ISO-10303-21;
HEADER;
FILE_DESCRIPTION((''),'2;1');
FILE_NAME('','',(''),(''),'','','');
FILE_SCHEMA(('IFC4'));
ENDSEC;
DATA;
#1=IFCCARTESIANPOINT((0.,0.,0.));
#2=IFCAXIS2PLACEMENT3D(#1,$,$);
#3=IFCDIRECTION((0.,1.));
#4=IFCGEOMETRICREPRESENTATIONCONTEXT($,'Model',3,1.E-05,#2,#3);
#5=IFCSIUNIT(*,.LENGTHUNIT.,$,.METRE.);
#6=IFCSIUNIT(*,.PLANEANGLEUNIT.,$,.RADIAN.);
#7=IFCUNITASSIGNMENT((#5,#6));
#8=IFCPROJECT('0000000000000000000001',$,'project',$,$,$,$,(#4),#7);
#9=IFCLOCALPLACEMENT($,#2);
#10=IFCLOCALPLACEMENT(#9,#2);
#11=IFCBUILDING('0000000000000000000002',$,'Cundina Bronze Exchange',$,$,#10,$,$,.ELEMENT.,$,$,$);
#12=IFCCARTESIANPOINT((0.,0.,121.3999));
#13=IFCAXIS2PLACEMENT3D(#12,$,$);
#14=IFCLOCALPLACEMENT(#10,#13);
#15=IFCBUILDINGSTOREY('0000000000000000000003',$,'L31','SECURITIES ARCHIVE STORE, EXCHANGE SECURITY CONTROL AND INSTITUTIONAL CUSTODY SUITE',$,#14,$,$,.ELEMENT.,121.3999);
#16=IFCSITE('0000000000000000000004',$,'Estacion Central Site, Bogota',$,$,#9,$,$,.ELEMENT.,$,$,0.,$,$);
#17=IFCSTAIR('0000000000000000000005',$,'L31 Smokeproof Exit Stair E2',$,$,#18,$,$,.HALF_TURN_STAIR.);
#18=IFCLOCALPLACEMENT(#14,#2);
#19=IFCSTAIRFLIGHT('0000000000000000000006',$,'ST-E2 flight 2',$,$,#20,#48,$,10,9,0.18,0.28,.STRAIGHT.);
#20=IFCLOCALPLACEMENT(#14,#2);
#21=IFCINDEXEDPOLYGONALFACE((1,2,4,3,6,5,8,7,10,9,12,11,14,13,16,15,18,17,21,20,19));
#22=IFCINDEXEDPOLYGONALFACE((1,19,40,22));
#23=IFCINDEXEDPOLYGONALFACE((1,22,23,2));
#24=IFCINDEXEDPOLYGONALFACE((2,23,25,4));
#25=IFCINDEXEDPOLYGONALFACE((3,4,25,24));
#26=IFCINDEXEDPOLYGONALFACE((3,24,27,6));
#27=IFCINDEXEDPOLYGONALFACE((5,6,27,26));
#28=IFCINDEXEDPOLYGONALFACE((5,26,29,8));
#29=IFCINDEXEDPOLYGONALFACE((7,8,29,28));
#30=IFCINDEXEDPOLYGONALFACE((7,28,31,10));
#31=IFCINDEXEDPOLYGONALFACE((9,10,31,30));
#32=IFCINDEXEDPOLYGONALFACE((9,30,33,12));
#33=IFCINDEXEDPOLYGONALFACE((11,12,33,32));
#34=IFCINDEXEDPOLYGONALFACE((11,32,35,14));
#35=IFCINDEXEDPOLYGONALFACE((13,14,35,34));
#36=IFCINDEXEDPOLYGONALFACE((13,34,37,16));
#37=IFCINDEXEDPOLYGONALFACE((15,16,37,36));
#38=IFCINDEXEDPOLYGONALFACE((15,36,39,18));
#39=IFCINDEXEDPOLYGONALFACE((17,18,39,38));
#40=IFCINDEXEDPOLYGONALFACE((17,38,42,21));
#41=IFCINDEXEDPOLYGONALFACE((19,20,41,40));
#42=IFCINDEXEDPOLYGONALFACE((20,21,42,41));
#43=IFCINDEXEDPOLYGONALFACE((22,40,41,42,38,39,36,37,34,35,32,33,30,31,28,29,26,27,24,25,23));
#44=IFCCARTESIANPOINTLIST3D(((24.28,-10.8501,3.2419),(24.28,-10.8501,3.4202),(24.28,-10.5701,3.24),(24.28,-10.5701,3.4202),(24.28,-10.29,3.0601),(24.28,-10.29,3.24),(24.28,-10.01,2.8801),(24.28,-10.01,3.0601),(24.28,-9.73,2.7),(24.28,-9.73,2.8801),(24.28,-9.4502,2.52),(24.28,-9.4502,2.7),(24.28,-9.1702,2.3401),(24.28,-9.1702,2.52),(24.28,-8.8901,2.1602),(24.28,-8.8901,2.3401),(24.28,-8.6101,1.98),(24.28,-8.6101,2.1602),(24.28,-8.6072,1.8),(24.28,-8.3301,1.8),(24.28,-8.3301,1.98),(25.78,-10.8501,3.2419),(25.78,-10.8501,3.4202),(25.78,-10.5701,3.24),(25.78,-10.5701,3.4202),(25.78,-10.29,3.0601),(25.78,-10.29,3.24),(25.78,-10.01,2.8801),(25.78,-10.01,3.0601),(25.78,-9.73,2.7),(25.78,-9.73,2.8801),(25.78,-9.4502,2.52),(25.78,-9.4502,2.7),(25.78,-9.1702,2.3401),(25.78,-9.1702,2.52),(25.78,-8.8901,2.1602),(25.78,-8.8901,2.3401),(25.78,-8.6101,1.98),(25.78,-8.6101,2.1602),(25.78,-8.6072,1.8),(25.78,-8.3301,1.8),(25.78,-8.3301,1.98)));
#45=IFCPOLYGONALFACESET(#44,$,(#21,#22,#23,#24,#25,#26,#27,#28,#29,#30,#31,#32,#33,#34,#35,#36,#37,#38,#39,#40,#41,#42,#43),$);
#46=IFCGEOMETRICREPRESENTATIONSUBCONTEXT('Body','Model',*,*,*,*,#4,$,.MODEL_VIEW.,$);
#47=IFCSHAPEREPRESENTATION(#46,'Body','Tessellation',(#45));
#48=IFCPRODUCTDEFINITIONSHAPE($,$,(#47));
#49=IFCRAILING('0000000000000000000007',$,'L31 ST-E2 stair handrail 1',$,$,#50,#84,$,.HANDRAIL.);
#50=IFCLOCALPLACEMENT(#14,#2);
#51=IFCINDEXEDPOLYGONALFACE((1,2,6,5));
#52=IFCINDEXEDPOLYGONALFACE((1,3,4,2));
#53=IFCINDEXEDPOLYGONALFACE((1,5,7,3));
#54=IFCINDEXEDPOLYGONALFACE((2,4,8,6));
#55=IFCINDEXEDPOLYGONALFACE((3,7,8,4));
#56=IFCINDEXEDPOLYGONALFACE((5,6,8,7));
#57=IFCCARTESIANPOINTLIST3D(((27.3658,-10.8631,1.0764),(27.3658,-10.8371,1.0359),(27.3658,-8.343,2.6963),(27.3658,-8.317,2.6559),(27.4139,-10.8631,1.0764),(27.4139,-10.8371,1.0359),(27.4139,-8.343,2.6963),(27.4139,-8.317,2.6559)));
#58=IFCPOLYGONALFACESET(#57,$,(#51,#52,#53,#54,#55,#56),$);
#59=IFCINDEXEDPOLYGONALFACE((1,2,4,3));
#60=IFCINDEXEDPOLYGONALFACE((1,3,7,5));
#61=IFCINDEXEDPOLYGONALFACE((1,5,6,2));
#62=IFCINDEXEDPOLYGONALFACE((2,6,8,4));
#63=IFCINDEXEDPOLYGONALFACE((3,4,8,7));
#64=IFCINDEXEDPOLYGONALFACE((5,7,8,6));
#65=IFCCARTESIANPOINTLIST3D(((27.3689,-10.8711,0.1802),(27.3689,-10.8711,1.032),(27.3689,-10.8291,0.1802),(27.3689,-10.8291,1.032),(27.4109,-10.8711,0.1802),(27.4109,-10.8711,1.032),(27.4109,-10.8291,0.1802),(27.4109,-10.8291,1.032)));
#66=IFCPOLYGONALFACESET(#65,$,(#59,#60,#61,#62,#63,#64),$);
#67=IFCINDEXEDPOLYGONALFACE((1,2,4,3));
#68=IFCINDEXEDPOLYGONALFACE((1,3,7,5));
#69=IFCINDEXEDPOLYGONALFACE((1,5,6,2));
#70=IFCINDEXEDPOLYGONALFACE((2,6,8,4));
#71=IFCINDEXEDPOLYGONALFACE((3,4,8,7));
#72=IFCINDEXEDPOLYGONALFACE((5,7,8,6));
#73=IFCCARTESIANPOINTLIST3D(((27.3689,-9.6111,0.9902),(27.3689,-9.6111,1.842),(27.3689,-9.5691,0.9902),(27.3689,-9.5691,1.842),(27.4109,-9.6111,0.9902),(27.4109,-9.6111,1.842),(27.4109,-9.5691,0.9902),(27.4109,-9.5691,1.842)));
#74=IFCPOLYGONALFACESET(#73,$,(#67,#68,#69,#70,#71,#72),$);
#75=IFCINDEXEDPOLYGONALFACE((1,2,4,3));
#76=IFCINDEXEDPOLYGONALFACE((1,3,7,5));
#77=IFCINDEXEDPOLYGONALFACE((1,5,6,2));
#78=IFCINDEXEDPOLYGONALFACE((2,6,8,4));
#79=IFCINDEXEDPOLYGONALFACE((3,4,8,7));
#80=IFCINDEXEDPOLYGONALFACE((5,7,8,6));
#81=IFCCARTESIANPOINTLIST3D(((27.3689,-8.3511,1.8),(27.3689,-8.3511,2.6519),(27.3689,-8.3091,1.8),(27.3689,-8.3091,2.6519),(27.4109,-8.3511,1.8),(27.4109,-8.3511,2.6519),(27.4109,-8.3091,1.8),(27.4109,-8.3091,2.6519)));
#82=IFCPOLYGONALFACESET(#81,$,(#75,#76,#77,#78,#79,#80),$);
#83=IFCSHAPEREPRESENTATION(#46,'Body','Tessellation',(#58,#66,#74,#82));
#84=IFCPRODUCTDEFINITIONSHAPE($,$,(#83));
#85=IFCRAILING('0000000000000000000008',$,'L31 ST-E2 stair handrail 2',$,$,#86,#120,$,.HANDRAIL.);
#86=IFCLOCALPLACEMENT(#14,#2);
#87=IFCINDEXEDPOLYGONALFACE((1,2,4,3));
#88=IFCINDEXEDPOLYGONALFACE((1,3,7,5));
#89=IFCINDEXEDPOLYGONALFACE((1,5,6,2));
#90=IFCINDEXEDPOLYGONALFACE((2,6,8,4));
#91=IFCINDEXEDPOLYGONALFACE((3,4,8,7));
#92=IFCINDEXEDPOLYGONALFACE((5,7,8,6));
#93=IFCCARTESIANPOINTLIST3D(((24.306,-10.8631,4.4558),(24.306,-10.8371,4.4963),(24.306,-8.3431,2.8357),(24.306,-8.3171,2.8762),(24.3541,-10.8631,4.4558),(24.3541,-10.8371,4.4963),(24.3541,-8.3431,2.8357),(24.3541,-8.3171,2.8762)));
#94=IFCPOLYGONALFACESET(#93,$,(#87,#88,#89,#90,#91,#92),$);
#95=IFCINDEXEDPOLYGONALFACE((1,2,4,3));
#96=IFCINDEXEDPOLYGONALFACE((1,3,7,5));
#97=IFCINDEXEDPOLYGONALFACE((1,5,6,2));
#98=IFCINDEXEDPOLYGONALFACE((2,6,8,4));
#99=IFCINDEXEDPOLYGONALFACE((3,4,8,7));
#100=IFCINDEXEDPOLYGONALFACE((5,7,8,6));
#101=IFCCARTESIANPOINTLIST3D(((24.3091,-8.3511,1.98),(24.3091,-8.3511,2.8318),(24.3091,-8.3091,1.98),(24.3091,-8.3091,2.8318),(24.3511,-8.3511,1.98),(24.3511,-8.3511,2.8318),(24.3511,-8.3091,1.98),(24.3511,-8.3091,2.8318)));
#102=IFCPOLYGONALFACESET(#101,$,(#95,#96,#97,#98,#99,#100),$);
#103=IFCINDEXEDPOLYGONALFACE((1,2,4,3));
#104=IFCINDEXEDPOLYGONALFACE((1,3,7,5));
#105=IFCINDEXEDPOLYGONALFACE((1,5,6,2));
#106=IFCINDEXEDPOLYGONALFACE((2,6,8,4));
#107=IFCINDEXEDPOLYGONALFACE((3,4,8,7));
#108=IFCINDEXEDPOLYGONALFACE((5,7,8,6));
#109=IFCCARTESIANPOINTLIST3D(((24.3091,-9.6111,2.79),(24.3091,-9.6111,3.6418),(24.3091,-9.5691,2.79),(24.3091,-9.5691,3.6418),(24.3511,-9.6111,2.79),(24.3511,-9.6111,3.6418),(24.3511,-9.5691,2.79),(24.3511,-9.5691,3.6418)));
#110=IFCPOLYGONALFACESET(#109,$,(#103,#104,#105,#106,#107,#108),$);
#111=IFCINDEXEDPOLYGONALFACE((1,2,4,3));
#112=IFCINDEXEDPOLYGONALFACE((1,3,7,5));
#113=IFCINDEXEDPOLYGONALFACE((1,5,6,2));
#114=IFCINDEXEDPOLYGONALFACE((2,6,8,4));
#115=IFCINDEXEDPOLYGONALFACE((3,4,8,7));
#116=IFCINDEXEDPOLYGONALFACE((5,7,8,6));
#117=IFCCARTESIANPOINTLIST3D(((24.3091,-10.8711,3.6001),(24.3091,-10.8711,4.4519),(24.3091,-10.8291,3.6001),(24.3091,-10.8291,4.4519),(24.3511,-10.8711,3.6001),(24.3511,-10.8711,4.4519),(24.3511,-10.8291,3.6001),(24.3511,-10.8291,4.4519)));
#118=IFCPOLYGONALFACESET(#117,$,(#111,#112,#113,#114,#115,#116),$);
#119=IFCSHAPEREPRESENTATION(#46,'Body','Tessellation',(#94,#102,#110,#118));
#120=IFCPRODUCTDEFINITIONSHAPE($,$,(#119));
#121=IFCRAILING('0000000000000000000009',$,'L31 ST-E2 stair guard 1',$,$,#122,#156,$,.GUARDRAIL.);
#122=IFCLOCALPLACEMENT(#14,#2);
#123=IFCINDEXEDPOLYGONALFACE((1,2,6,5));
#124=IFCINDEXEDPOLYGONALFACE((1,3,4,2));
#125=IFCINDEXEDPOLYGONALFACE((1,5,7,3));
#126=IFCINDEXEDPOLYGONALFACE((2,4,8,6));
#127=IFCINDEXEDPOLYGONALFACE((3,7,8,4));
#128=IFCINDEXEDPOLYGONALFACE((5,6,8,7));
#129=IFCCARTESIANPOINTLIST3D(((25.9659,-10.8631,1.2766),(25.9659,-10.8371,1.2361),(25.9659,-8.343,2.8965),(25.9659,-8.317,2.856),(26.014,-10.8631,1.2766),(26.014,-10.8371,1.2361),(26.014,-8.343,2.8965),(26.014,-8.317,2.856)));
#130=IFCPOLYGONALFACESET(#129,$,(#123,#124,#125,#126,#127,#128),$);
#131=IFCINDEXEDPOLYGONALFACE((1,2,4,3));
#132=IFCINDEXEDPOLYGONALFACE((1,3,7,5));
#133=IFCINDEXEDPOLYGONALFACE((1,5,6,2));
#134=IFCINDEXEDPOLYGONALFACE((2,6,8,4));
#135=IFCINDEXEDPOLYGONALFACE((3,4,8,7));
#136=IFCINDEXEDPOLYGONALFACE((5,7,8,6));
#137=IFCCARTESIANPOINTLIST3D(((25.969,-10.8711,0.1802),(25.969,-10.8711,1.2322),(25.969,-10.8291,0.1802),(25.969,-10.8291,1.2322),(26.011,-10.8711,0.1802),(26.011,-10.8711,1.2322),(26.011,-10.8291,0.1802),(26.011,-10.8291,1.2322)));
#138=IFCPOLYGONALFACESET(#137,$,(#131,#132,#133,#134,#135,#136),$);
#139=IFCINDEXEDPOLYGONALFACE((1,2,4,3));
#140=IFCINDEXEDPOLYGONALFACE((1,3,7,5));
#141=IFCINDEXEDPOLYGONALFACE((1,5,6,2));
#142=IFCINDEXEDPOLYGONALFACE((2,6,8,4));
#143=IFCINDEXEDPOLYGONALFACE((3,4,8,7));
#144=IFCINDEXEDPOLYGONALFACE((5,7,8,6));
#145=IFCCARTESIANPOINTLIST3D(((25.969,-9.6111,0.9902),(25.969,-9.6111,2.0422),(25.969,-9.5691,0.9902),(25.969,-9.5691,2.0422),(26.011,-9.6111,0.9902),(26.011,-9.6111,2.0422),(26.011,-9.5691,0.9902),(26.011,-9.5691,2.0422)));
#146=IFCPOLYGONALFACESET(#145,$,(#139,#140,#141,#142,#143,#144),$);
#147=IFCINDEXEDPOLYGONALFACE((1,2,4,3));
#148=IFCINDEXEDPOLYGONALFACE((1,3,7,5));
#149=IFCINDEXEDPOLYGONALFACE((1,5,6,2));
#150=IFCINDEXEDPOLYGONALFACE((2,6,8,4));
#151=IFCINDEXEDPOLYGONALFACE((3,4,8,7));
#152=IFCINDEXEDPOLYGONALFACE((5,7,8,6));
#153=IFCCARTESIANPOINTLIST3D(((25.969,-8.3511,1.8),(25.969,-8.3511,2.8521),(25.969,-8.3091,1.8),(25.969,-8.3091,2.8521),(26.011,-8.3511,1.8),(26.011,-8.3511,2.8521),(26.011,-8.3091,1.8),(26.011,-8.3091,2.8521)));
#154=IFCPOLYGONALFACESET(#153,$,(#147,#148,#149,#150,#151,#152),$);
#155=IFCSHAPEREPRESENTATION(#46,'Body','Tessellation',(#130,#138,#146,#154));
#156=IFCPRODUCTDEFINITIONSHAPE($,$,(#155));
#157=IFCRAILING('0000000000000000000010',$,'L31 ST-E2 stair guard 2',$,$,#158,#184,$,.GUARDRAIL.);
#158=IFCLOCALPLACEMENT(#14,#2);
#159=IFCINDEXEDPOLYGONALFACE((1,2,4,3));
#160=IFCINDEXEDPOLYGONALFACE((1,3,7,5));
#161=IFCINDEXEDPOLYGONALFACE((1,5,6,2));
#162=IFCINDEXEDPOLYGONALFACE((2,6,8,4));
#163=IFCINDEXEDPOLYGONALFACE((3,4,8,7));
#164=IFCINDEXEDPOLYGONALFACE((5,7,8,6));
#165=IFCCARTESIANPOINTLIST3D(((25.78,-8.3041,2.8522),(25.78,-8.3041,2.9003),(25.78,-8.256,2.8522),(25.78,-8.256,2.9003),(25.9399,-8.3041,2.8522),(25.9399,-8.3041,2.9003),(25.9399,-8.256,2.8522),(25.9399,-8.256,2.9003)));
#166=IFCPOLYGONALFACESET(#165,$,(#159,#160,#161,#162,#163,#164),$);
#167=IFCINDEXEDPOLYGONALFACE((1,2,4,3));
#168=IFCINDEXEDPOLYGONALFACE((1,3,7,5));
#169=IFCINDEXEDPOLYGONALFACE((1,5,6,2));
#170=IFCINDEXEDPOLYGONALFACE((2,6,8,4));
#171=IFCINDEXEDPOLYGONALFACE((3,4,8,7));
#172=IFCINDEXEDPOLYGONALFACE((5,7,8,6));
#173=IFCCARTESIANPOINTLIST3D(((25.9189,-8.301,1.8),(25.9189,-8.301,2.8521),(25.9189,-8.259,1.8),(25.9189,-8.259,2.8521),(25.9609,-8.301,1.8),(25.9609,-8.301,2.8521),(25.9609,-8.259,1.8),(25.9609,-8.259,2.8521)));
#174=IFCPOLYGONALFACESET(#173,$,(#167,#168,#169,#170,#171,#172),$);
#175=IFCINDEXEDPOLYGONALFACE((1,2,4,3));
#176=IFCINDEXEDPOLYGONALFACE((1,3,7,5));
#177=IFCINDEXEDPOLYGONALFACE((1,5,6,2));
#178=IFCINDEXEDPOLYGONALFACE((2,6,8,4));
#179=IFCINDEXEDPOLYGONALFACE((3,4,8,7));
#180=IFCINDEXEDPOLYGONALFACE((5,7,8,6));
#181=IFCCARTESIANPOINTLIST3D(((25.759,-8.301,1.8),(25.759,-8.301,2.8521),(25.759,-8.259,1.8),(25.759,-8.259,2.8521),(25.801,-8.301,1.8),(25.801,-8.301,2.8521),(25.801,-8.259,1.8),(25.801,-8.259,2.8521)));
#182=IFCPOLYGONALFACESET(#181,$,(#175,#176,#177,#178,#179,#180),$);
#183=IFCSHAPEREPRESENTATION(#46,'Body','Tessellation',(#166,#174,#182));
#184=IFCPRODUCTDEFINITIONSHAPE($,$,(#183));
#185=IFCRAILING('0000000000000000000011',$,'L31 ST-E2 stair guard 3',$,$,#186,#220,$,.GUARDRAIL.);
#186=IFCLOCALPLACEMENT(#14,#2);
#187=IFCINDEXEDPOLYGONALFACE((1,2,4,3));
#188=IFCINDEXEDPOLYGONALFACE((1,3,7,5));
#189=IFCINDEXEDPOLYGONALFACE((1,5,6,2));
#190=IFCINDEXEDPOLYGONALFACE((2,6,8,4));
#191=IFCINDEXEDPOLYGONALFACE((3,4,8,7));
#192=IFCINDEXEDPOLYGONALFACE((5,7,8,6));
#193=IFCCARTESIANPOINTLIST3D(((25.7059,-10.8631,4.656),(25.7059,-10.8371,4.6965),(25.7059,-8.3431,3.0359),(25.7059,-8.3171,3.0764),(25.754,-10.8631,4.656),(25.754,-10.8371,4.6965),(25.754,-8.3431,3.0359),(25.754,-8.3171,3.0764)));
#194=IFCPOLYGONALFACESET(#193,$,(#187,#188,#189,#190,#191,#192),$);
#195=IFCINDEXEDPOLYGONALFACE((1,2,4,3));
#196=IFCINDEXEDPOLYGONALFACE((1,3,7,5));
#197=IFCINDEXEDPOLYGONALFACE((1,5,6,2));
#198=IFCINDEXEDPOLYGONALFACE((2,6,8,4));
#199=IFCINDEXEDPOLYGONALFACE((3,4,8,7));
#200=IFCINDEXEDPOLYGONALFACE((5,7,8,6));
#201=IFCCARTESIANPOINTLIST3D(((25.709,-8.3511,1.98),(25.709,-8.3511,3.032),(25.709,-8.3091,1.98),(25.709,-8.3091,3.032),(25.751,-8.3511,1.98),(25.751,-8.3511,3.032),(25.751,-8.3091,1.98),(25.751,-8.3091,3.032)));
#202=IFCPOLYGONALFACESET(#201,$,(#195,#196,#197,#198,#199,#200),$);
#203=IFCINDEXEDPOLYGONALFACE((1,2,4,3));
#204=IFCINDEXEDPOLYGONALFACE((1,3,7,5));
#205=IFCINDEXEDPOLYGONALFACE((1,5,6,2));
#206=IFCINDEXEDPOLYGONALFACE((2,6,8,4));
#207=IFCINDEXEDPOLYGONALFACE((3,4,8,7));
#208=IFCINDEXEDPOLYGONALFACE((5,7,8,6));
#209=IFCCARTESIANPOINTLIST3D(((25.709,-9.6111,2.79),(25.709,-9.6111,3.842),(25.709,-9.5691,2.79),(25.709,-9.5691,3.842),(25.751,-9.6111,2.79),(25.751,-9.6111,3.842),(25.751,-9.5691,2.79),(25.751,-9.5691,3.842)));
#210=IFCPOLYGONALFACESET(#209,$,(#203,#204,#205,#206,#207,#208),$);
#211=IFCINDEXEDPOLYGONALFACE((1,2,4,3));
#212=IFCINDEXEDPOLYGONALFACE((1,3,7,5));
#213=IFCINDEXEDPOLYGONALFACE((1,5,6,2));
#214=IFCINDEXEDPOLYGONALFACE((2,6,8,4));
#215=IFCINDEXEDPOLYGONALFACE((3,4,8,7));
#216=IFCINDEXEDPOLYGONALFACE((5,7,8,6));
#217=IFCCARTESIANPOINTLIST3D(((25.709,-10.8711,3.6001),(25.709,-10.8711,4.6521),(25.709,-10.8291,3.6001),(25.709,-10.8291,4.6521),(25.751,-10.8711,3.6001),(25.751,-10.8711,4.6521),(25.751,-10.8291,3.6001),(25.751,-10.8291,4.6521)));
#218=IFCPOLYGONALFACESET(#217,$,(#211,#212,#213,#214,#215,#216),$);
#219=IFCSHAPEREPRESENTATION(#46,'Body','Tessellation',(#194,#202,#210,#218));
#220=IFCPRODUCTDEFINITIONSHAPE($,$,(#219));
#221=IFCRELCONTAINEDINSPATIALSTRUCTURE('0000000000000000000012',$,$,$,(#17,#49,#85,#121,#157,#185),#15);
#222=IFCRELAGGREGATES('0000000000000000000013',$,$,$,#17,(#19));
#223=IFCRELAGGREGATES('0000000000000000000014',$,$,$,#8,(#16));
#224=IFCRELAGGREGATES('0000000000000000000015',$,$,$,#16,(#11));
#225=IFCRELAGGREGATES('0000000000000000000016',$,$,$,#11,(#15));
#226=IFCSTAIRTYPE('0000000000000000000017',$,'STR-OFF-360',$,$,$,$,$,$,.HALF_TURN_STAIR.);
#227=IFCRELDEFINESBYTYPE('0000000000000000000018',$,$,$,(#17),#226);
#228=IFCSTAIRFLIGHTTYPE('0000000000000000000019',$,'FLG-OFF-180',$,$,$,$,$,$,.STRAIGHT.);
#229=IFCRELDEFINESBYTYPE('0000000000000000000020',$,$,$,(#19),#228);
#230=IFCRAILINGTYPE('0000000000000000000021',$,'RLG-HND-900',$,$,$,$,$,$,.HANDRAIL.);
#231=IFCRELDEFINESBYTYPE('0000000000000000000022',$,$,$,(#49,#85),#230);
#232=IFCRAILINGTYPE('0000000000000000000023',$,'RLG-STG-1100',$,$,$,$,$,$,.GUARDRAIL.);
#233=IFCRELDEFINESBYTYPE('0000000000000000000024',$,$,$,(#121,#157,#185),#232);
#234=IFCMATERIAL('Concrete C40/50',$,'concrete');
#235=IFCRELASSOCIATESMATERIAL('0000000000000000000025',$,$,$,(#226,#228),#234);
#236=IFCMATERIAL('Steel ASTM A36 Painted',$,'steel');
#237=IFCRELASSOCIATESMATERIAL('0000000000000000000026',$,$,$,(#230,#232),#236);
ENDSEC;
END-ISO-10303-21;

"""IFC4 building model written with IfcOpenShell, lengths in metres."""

from ifc_helpers import new_model, si_unit, direction, frame, origin, origin_2d, place, context, subcontext, project, spatial, polyline, rectangle, outline, extrude, material, type_object, element, aggregate, save


model = new_model("IFC4")

# Units and contexts
model_context = context("Model", 3, precision=1e-05, world=origin(), true_north=direction((0.0, 1.0)))
body_context = subcontext(model_context, "Body", "Model", "MODEL_VIEW")
ifc_project = project(units=[si_unit("LENGTHUNIT", "METRE"), si_unit("PLANEANGLEUNIT", "RADIAN")], contexts=[model_context])

# Site, building, storey
site_placement = place(None, origin())
site = spatial("IfcSite", under=ifc_project, at=site_placement, Name="Estacion Central Site, Bogota", CompositionType="ELEMENT", RefElevation=0.0)
building_placement = place(site_placement, origin())
building = spatial("IfcBuilding", under=site, at=building_placement, Name="Cundina Bronze Exchange", CompositionType="ELEMENT")
storey_placement = place(building_placement, frame((0.0, 0.0, 121.3999)))
storey = spatial("IfcBuildingStorey", under=building, at=storey_placement, Name="L31", Description="SECURITIES ARCHIVE STORE, EXCHANGE SECURITY CONTROL AND INSTITUTIONAL CUSTODY SUITE", CompositionType="ELEMENT", Elevation=121.3999)

# Shared definitions
ifc_material_1 = material(Name="Steel ASTM A36 Painted", Category="steel")

# Stair, stair flight
ifc_material_2 = material(Name="Concrete C40/50", Category="concrete")
stair_type = type_object("IfcStairType", Name="STR-OFF-360", PredefinedType="HALF_TURN_STAIR", material=ifc_material_2)
stair_placement = place(storey_placement, origin())
stair = element("IfcStair", 1, at=stair_placement, inside=storey, type_object=stair_type, Name="L31 Smokeproof Exit Stair E2", PredefinedType="HALF_TURN_STAIR")
stair_flight_type = type_object("IfcStairFlightType", Name="FLG-OFF-180", PredefinedType="STRAIGHT", material=ifc_material_2)
stair_flight_1_placement = place(storey_placement, frame((25.03, -8.3301, 1.8), z_axis=(0.0, 0.0, 1.0), x_axis=(0.0, -1.0, 0.0)))
stair_flight_1 = element("IfcStairFlight", 2, at=stair_flight_1_placement, type_object=stair_flight_type, Name="ST-E2 flight 2", NumberOfRisers=10, NumberOfTreads=9, PredefinedType="STRAIGHT", RiserHeight=0.18, TreadLength=0.28, context=body_context, shape_type="SweptSolid", body=[
    extrude(outline(polyline([(0.0, 0.0), (0.0, 0.1799), (0.28, 0.1799), (0.28, 0.3601), (0.5601, 0.3601), (0.5601, 0.54), (0.8401, 0.54), (0.8401, 0.72), (1.1201, 0.72), (1.1201, 0.8999), (1.3999, 0.8999), (1.3999, 1.0801), (1.6799, 1.0801), (1.6799, 1.26), (1.96, 1.26), (1.96, 1.4399), (2.24, 1.4399), (2.24, 1.6201), (2.52, 1.6201), (2.52, 1.8), (2.52, 1.4419), (0.2771, 0.0), (0.0, 0.0)])), frame((0.0, 0.75, 0.0), z_axis=(0.0, -1.0, 0.0), x_axis=(1.0, 0.0, 0.0)), (0.0, 0.0, 1.0), 1.5),
])
aggregate(stair, [stair_flight_1])

# Railings
railing_type_1 = type_object("IfcRailingType", Name="RLG-HND-900", PredefinedType="HANDRAIL", material=ifc_material_1)
railing_1_placement = place(storey_placement, frame((27.3899, -10.8501, 0.1802)))
element("IfcRailing", 3, at=railing_1_placement, inside=storey, type_object=railing_type_1, Name="L31 ST-E2 stair handrail 1", PredefinedType="HANDRAIL", context=body_context, shape_type="SweptSolid", body=[
    extrude(rectangle(XDim=0.0481, YDim=0.0481, at=origin_2d()), frame((0.0, 0.0, 0.876), z_axis=(0.0, 0.8412, 0.540725), x_axis=(-1.0, 0.0, 0.0)), (0.0, 0.0, 1.0), 2.9958),
    extrude(rectangle(XDim=0.042, YDim=0.042, at=origin_2d()), origin(), (0.0, 0.0, 1.0), 0.8518),
    extrude(rectangle(XDim=0.042, YDim=0.042, at=origin_2d()), frame((0.0, 1.26, 0.8101)), (0.0, 0.0, 1.0), 0.8518),
    extrude(rectangle(XDim=0.042, YDim=0.042, at=origin_2d()), frame((0.0, 2.52, 1.6199)), (0.0, 0.0, 1.0), 0.8518),
])
railing_2_placement = place(storey_placement, frame((24.3301, -8.3301, 1.98)))
element("IfcRailing", 4, at=railing_2_placement, inside=storey, type_object=railing_type_1, Name="L31 ST-E2 stair handrail 2", PredefinedType="HANDRAIL", context=body_context, shape_type="SweptSolid", body=[
    extrude(rectangle(XDim=0.0481, YDim=0.0481, at=origin_2d()), frame((0.0, 0.0, 0.876), z_axis=(0.0, -0.841163, 0.540782), x_axis=(1.0, 0.0, 0.0)), (0.0, 0.0, 1.0), 2.9958),
    extrude(rectangle(XDim=0.042, YDim=0.042, at=origin_2d()), origin(), (0.0, 0.0, 1.0), 0.8518),
    extrude(rectangle(XDim=0.042, YDim=0.042, at=origin_2d()), frame((0.0, -1.26, 0.8101)), (0.0, 0.0, 1.0), 0.8518),
    extrude(rectangle(XDim=0.042, YDim=0.042, at=origin_2d()), frame((0.0, -2.52, 1.6201)), (0.0, 0.0, 1.0), 0.8518),
])
railing_type_2 = type_object("IfcRailingType", Name="RLG-STG-1100", PredefinedType="GUARDRAIL", material=ifc_material_1)
railing_3_placement = place(storey_placement, frame((25.99, -10.8501, 0.1802)))
element("IfcRailing", 5, at=railing_3_placement, inside=storey, type_object=railing_type_2, Name="L31 ST-E2 stair guard 1", PredefinedType="GUARDRAIL", context=body_context, shape_type="SweptSolid", body=[
    extrude(rectangle(XDim=0.0481, YDim=0.0481, at=origin_2d()), frame((0.0, 0.0, 1.0762), z_axis=(0.0, 0.8412, 0.540725), x_axis=(-1.0, 0.0, 0.0)), (0.0, 0.0, 1.0), 2.9958),
    extrude(rectangle(XDim=0.042, YDim=0.042, at=origin_2d()), origin(), (0.0, 0.0, 1.0), 1.052),
    extrude(rectangle(XDim=0.042, YDim=0.042, at=origin_2d()), frame((0.0, 1.26, 0.8101)), (0.0, 0.0, 1.0), 1.052),
    extrude(rectangle(XDim=0.042, YDim=0.042, at=origin_2d()), frame((0.0, 2.52, 1.6199)), (0.0, 0.0, 1.0), 1.052),
])
railing_4_placement = place(storey_placement, frame((25.9399, -8.28, 1.8)))
element("IfcRailing", 6, at=railing_4_placement, inside=storey, type_object=railing_type_2, Name="L31 ST-E2 stair guard 2", PredefinedType="GUARDRAIL", context=body_context, shape_type="SweptSolid", body=[
    extrude(rectangle(XDim=0.0481, YDim=0.0481, at=origin_2d()), frame((0.0, 0.0, 1.0762), z_axis=(-1.0, 0.0, 0.0), x_axis=(0.0, -1.0, 0.0)), (0.0, 0.0, 1.0), 0.1599),
    extrude(rectangle(XDim=0.042, YDim=0.042, at=origin_2d()), origin(), (0.0, 0.0, 1.0), 1.052),
    extrude(rectangle(XDim=0.042, YDim=0.042, at=origin_2d()), frame((-0.1599, 0.0, 0.0)), (0.0, 0.0, 1.0), 1.052),
])
railing_5_placement = place(storey_placement, frame((25.73, -8.3301, 1.98)))
element("IfcRailing", 7, at=railing_5_placement, inside=storey, type_object=railing_type_2, Name="L31 ST-E2 stair guard 3", PredefinedType="GUARDRAIL", context=body_context, shape_type="SweptSolid", body=[
    extrude(rectangle(XDim=0.0481, YDim=0.0481, at=origin_2d()), frame((0.0, 0.0, 1.0762), z_axis=(0.0, -0.841163, 0.540782), x_axis=(1.0, 0.0, 0.0)), (0.0, 0.0, 1.0), 2.9958),
    extrude(rectangle(XDim=0.042, YDim=0.042, at=origin_2d()), origin(), (0.0, 0.0, 1.0), 1.052),
    extrude(rectangle(XDim=0.042, YDim=0.042, at=origin_2d()), frame((0.0, -1.26, 0.8101)), (0.0, 0.0, 1.0), 1.052),
    extrude(rectangle(XDim=0.042, YDim=0.042, at=origin_2d()), frame((0.0, -2.52, 1.6201)), (0.0, 0.0, 1.0), 1.052),
])

save(model, "model.ifc")
